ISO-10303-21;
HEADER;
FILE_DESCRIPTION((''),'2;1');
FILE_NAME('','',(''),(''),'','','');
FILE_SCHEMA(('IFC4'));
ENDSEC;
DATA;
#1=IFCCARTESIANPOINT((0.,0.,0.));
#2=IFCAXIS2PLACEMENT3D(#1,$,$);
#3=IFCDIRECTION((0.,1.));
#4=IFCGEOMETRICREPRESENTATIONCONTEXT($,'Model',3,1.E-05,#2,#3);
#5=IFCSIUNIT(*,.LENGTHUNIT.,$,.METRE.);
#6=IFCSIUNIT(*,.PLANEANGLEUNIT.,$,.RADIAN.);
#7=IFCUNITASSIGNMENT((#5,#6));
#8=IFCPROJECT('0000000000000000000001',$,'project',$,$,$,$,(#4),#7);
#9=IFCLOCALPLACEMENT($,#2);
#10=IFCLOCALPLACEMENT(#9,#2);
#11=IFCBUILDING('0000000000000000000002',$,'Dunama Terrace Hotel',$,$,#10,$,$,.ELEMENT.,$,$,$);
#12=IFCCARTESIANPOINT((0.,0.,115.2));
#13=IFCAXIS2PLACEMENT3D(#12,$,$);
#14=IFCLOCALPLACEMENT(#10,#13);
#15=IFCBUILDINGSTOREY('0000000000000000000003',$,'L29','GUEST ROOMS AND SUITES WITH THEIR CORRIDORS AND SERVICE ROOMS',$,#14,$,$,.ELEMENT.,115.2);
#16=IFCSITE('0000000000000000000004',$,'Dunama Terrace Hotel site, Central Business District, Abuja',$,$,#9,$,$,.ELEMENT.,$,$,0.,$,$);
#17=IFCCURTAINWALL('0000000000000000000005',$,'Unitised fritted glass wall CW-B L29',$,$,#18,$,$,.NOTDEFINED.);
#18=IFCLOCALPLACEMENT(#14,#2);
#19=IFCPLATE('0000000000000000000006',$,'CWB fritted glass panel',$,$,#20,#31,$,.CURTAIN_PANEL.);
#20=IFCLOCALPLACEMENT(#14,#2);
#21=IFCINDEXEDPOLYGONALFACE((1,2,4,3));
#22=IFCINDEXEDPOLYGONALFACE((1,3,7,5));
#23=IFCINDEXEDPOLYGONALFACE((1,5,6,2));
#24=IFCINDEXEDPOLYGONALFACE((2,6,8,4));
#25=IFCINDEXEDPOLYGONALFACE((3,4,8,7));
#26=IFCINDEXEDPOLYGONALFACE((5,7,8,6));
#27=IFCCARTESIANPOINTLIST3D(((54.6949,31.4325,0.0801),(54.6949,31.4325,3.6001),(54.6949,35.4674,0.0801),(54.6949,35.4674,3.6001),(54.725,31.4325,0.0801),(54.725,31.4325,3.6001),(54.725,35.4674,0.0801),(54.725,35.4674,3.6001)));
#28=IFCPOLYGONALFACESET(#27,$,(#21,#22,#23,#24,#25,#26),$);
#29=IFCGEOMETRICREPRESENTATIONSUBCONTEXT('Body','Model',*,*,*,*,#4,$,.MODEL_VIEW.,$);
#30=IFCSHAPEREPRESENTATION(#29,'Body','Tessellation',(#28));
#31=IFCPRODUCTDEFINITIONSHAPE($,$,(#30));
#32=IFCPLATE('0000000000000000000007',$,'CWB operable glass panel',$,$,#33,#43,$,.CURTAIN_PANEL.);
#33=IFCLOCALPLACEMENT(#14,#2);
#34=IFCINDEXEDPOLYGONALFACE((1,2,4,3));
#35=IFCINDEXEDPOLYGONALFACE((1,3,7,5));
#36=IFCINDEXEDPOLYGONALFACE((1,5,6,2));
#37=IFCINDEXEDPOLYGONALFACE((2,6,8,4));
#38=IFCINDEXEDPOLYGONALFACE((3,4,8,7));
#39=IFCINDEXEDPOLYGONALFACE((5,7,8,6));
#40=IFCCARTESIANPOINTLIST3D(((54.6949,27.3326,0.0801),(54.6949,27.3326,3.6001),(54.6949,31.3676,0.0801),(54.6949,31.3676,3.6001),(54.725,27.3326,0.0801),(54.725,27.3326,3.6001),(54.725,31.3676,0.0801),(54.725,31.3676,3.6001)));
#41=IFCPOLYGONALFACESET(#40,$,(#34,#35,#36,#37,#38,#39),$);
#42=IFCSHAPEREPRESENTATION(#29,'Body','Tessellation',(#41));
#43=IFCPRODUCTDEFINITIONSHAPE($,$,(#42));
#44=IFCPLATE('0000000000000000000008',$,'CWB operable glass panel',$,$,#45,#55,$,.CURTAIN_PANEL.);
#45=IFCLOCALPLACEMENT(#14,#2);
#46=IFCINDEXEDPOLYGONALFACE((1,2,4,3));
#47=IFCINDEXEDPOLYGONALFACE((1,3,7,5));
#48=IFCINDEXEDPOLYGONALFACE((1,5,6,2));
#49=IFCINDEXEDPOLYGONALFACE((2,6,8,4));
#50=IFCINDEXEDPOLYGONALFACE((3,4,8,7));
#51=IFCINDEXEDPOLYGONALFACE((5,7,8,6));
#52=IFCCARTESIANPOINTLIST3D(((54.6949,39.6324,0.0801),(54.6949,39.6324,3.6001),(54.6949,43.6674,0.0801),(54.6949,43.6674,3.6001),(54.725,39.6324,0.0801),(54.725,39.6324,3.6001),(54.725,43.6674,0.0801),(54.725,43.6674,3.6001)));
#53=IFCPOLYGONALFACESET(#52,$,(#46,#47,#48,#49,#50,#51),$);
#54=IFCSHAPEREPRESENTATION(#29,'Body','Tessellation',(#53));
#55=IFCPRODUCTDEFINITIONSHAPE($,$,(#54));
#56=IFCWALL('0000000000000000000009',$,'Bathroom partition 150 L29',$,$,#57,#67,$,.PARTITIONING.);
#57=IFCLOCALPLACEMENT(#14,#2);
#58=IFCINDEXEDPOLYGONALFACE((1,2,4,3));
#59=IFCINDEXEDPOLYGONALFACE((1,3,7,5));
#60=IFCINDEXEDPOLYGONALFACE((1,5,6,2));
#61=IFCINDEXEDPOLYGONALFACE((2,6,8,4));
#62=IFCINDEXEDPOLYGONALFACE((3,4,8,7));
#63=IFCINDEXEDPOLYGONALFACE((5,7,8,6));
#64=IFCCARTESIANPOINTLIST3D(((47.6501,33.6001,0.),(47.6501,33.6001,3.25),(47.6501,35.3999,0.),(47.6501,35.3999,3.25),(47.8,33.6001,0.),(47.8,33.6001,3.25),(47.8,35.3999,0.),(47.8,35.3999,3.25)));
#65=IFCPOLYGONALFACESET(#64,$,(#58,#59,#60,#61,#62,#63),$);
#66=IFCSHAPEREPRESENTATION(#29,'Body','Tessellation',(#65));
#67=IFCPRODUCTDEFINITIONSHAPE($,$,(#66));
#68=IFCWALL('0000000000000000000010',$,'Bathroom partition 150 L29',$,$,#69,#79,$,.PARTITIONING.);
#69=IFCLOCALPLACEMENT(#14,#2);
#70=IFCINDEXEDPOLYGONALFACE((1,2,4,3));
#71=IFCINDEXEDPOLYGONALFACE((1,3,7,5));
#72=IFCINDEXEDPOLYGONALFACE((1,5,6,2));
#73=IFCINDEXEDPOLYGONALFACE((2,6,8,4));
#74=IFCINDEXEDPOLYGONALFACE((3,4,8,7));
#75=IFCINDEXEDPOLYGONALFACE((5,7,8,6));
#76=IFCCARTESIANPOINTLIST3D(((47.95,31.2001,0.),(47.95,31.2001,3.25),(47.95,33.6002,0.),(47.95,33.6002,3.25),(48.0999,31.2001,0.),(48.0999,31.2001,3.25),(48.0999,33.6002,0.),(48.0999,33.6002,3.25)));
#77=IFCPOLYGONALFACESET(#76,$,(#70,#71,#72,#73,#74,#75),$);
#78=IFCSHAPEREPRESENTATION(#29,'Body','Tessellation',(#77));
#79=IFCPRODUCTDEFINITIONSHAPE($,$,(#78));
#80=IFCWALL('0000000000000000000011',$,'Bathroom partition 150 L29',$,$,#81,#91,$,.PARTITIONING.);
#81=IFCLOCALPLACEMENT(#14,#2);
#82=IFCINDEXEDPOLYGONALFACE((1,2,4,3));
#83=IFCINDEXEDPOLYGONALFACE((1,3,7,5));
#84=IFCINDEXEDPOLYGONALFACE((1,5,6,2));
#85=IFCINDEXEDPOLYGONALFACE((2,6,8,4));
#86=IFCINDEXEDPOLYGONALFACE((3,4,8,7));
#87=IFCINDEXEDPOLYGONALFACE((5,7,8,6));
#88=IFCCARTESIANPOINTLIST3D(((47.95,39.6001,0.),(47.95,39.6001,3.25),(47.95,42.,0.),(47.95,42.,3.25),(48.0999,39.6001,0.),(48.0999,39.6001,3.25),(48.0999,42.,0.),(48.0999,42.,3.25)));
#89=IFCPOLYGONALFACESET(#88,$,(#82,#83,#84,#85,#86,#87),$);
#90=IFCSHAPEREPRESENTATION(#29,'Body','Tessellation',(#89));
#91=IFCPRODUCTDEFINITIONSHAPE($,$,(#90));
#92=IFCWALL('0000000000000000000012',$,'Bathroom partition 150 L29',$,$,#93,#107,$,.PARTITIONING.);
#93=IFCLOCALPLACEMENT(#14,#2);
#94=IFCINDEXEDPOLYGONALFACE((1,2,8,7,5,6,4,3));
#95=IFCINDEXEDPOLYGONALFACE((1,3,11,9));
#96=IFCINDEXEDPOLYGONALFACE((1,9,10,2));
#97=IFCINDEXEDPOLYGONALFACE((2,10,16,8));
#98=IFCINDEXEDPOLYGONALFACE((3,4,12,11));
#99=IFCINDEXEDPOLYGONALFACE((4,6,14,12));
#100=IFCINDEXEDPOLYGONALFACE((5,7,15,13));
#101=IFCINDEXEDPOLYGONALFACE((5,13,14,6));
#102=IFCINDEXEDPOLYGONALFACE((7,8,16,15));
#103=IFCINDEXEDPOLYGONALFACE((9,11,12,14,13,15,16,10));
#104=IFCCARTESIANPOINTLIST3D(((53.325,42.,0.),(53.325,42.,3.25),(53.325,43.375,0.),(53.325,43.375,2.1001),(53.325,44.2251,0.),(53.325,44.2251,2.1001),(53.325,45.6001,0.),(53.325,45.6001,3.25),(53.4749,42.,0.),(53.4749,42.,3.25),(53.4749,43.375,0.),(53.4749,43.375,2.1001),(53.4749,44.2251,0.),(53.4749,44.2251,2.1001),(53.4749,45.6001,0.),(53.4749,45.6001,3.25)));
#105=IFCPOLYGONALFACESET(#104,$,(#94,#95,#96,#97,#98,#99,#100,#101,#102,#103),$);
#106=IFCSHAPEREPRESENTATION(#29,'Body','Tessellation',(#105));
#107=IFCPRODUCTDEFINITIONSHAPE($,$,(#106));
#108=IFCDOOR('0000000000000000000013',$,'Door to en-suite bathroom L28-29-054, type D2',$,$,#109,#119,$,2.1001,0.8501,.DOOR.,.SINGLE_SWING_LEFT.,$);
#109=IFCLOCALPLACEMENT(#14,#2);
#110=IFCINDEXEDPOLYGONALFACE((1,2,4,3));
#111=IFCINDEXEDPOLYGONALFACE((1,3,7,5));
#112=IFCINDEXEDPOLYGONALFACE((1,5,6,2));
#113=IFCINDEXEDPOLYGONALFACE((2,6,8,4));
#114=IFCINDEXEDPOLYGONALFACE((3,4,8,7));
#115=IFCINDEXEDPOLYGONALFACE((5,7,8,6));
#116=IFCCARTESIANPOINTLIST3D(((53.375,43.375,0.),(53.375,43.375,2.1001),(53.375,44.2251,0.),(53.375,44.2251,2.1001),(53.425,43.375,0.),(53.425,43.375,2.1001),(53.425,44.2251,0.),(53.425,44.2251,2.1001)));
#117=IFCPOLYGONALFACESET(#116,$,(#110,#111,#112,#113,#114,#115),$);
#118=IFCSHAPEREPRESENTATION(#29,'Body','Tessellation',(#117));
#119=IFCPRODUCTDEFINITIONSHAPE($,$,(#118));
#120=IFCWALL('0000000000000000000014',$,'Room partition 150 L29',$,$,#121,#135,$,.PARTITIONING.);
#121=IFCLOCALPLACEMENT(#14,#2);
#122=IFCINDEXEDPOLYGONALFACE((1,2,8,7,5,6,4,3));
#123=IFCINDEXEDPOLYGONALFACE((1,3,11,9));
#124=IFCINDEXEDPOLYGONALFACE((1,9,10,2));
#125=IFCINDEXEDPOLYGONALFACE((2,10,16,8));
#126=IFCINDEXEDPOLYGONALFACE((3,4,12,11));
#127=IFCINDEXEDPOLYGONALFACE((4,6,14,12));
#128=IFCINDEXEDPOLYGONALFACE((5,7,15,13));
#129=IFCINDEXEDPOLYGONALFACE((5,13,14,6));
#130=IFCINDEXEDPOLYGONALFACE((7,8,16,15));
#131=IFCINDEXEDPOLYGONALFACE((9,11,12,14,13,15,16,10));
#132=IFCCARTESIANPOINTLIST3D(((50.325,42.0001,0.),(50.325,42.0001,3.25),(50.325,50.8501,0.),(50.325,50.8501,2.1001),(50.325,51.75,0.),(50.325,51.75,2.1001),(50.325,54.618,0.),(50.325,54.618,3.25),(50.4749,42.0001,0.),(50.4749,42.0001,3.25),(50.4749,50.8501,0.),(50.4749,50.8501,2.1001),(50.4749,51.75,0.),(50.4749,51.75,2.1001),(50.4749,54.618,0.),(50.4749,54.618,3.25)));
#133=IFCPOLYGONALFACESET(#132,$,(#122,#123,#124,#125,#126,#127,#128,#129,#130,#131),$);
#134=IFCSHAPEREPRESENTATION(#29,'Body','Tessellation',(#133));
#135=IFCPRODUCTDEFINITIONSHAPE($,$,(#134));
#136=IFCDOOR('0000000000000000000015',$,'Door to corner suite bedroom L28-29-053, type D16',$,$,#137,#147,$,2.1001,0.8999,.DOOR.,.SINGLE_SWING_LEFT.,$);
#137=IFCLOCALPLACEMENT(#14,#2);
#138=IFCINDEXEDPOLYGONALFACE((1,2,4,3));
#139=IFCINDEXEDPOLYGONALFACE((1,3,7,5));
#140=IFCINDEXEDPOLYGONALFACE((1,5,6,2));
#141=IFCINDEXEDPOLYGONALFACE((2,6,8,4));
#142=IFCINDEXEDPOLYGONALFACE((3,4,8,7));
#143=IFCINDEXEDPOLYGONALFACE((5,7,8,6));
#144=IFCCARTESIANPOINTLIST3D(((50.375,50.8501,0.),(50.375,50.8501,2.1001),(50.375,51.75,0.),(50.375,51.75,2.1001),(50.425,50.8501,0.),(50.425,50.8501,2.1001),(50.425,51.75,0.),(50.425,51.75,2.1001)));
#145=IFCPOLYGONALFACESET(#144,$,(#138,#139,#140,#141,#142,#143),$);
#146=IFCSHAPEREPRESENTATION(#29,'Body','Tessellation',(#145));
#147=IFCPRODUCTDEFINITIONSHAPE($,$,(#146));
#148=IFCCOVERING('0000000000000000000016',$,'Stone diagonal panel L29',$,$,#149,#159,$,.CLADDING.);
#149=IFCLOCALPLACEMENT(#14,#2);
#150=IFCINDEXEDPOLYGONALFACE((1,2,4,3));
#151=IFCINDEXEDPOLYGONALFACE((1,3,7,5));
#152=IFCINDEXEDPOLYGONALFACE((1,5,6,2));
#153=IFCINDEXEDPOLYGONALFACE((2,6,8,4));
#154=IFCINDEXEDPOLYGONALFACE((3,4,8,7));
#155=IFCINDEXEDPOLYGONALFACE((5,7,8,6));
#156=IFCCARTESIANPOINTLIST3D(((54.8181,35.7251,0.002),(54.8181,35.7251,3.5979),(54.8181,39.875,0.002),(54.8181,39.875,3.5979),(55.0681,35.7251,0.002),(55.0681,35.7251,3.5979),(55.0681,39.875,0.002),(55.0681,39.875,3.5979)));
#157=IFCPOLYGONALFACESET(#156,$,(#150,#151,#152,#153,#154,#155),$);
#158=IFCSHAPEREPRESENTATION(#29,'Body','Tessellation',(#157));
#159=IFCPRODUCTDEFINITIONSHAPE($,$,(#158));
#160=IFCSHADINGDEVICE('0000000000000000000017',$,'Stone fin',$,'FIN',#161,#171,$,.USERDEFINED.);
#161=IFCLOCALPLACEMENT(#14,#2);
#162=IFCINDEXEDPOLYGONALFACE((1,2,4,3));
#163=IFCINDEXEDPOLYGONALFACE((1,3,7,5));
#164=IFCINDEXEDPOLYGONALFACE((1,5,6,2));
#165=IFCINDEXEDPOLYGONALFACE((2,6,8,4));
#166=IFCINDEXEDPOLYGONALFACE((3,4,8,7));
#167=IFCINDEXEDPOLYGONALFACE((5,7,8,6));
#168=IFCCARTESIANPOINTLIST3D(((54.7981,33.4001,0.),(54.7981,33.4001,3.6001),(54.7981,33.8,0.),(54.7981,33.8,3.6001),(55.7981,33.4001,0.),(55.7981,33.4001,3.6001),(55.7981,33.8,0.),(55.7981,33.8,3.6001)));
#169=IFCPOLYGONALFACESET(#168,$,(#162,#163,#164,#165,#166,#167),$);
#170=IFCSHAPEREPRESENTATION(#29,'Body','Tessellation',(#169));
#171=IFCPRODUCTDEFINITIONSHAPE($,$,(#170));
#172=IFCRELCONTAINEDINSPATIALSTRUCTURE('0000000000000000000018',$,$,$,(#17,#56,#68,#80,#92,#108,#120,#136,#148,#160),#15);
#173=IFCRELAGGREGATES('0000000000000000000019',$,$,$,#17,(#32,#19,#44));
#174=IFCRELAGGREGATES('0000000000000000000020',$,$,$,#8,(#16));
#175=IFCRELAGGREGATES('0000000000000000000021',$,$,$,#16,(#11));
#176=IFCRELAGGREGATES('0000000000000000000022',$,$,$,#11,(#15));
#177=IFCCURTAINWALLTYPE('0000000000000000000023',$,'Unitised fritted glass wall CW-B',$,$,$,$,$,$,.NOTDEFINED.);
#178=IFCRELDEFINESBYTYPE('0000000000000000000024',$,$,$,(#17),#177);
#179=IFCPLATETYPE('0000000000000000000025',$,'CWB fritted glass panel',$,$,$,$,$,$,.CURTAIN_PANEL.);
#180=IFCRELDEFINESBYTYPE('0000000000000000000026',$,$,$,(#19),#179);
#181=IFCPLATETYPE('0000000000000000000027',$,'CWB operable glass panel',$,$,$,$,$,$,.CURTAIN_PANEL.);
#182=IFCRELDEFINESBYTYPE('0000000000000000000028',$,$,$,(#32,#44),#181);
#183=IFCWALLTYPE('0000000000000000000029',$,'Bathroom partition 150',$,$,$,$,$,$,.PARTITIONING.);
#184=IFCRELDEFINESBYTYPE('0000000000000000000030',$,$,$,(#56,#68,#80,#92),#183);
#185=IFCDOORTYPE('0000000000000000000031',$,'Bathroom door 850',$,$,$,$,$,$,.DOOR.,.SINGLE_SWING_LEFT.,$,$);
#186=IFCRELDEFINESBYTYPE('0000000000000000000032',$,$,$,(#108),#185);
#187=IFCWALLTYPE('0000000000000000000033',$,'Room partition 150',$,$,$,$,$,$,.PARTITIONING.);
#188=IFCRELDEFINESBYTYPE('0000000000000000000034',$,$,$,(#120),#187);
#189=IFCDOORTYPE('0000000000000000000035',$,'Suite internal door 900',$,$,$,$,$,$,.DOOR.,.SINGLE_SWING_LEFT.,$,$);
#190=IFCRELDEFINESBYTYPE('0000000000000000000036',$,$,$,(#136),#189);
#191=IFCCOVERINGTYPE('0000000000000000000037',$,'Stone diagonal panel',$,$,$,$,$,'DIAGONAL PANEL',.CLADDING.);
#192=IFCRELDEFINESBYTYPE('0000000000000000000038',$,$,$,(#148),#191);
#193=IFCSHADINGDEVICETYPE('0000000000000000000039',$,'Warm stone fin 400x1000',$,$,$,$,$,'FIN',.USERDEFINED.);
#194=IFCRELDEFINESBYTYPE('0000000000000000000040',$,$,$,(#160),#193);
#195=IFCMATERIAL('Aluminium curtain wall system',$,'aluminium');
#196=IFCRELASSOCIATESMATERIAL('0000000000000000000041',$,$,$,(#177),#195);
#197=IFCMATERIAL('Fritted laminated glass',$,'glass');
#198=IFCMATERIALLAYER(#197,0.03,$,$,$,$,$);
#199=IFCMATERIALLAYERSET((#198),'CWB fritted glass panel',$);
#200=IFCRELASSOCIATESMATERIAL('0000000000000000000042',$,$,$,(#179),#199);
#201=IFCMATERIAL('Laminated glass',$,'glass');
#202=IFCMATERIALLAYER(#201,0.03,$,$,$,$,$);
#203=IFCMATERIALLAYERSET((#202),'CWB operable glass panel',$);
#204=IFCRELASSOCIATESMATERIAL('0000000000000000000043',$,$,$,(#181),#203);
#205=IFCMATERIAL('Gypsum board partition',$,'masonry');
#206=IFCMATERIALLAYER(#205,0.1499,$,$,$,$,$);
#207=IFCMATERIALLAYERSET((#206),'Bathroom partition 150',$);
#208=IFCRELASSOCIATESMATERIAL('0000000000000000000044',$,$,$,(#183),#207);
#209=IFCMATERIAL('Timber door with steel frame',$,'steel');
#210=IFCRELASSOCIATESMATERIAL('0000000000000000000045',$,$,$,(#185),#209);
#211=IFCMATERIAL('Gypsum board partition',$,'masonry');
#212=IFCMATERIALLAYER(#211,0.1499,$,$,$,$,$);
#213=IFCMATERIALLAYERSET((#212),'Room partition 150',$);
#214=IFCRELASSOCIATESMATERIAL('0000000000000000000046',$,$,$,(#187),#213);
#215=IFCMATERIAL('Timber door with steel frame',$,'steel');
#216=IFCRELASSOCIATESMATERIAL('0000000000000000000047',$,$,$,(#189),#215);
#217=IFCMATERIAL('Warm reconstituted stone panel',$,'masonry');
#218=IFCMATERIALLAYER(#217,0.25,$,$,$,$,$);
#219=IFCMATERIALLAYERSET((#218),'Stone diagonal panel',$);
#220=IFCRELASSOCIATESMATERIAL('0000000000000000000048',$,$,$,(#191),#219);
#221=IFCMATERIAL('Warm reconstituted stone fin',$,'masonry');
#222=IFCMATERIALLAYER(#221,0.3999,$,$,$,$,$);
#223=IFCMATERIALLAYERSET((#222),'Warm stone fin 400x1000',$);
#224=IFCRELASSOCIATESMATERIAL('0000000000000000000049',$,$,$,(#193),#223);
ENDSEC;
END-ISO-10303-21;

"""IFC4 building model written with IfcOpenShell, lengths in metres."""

from ifc_helpers import new_model, si_unit, direction, frame, frame_2d, origin, origin_2d, place, context, subcontext, project, spatial, rectangle, extrude, material, layer, layer_set, type_object, element, fill, aggregate, save


model = new_model("IFC4")

# Units and contexts
model_context = context("Model", 3, precision=1e-05, world=origin(), true_north=direction((0.0, 1.0)))
body_context = subcontext(model_context, "Body", "Model", "MODEL_VIEW")
ifc_project = project(units=[si_unit("LENGTHUNIT", "METRE"), si_unit("PLANEANGLEUNIT", "RADIAN")], contexts=[model_context])

# Site, building, storey
site_placement = place(None, origin())
site = spatial("IfcSite", under=ifc_project, at=site_placement, Name="Dunama Terrace Hotel site, Central Business District, Abuja", CompositionType="ELEMENT", RefElevation=0.0)
building_placement = place(site_placement, origin())
building = spatial("IfcBuilding", under=site, at=building_placement, Name="Dunama Terrace Hotel", CompositionType="ELEMENT")
storey_placement = place(building_placement, frame((0.0, 0.0, 115.2)))
storey = spatial("IfcBuildingStorey", under=building, at=storey_placement, Name="L29", Description="GUEST ROOMS AND SUITES WITH THEIR CORRIDORS AND SERVICE ROOMS", CompositionType="ELEMENT", Elevation=115.2)

# Curtain wall
ifc_material_1 = material(Name="Aluminium curtain wall system", Category="aluminium")
curtain_wall_type = type_object("IfcCurtainWallType", Name="Unitised fritted glass wall CW-B", PredefinedType="NOTDEFINED", material=ifc_material_1)
curtain_wall_placement = place(storey_placement, origin())
curtain_wall = element("IfcCurtainWall", 1, at=curtain_wall_placement, inside=storey, type_object=curtain_wall_type, Name="Unitised fritted glass wall CW-B L29", PredefinedType="NOTDEFINED")

# Plates
ifc_material_2 = material(Name="Fritted laminated glass", Category="glass")
ifc_layer_1 = layer(ifc_material_2, 0.03)
ifc_layer_set_1 = layer_set([ifc_layer_1], Name="CWB fritted glass panel")
plate_type_1 = type_object("IfcPlateType", Name="CWB fritted glass panel", PredefinedType="CURTAIN_PANEL", material=ifc_layer_set_1)
plate_1_placement = place(storey_placement, frame((54.71, 33.45, 0.0801), z_axis=(0.0, 0.0, 1.0), x_axis=(0.0, 1.0, 0.0)))
plate_1 = element("IfcPlate", 2, at=plate_1_placement, type_object=plate_type_1, Name="CWB fritted glass panel", PredefinedType="CURTAIN_PANEL", context=body_context, shape_type="SweptSolid", body=[
    extrude(rectangle(XDim=4.0349, YDim=0.03, at=origin_2d()), origin(), (0.0, 0.0, 1.0), 3.52),
])
ifc_material_3 = material(Name="Laminated glass", Category="glass")
ifc_layer_2 = layer(ifc_material_3, 0.03)
ifc_layer_set_2 = layer_set([ifc_layer_2], Name="CWB operable glass panel")
plate_type_2 = type_object("IfcPlateType", Name="CWB operable glass panel", PredefinedType="CURTAIN_PANEL", material=ifc_layer_set_2)
plate_2_placement = place(storey_placement, frame((54.71, 29.3501, 0.0801), z_axis=(0.0, 0.0, 1.0), x_axis=(0.0, 1.0, 0.0)))
plate_2 = element("IfcPlate", 3, at=plate_2_placement, type_object=plate_type_2, Name="CWB operable glass panel", PredefinedType="CURTAIN_PANEL", context=body_context, shape_type="SweptSolid", body=[
    extrude(rectangle(XDim=4.0349, YDim=0.03, at=origin_2d()), origin(), (0.0, 0.0, 1.0), 3.52),
])
plate_3_placement = place(storey_placement, frame((54.71, 41.6499, 0.0801), z_axis=(0.0, 0.0, 1.0), x_axis=(0.0, 1.0, 0.0)))
plate_3 = element("IfcPlate", 4, at=plate_3_placement, type_object=plate_type_2, Name="CWB operable glass panel", PredefinedType="CURTAIN_PANEL", context=body_context, shape_type="SweptSolid", body=[
    extrude(rectangle(XDim=4.0349, YDim=0.03, at=origin_2d()), origin(), (0.0, 0.0, 1.0), 3.52),
])
aggregate(curtain_wall, [plate_2, plate_1, plate_3])

# Walls
ifc_material_4 = material(Name="Gypsum board partition", Category="masonry")
ifc_layer_3 = layer(ifc_material_4, 0.1499)
ifc_layer_set_3 = layer_set([ifc_layer_3], Name="Bathroom partition 150")
wall_type_1 = type_object("IfcWallType", Name="Bathroom partition 150", PredefinedType="PARTITIONING", material=ifc_layer_set_3)
wall_1_placement = place(storey_placement, frame((47.7251, 33.6001, 0.0), z_axis=(0.0, 0.0, 1.0), x_axis=(0.0, 1.0, 0.0)))
element("IfcWall", 5, at=wall_1_placement, inside=storey, type_object=wall_type_1, Name="Bathroom partition 150 L29", PredefinedType="PARTITIONING", context=body_context, shape_type="SweptSolid", body=[
    extrude(rectangle(XDim=1.7998, YDim=0.1499, at=frame_2d((0.8999, 0.0))), origin(), (0.0, 0.0, 1.0), 3.25),
])
wall_2_placement = place(storey_placement, frame((48.0249, 31.2, 0.0), z_axis=(0.0, 0.0, 1.0), x_axis=(0.0, 1.0, 0.0)))
element("IfcWall", 6, at=wall_2_placement, inside=storey, type_object=wall_type_1, Name="Bathroom partition 150 L29", PredefinedType="PARTITIONING", context=body_context, shape_type="SweptSolid", body=[
    extrude(rectangle(XDim=2.4001, YDim=0.1499, at=frame_2d((1.2002, 0.0))), origin(), (0.0, 0.0, 1.0), 3.25),
])
wall_3_placement = place(storey_placement, frame((48.0249, 39.6001, 0.0), z_axis=(0.0, 0.0, 1.0), x_axis=(0.0, 1.0, 0.0)))
element("IfcWall", 7, at=wall_3_placement, inside=storey, type_object=wall_type_1, Name="Bathroom partition 150 L29", PredefinedType="PARTITIONING", context=body_context, shape_type="SweptSolid", body=[
    extrude(rectangle(XDim=2.3999, YDim=0.1499, at=frame_2d((1.2, 0.0))), origin(), (0.0, 0.0, 1.0), 3.25),
])

# Walls, openings, doors
wall_4_placement = place(storey_placement, frame((53.3999, 42.0, 0.0), z_axis=(0.0, 0.0, 1.0), x_axis=(0.0, 1.0, 0.0)))
wall_4 = element("IfcWall", 8, at=wall_4_placement, inside=storey, type_object=wall_type_1, Name="Bathroom partition 150 L29", PredefinedType="PARTITIONING", context=body_context, shape_type="SweptSolid", body=[
    extrude(rectangle(XDim=3.6001, YDim=0.1499, at=frame_2d((1.8, 0.0))), origin(), (0.0, 0.0, 1.0), 3.25),
])
opening_1_placement = place(wall_4_placement, frame((1.375, 0.0, 0.0)))
opening_1 = element("IfcOpeningElement", 9, at=opening_1_placement, cuts=wall_4, PredefinedType="OPENING", context=body_context, shape_type="SweptSolid", body=[
    extrude(rectangle(XDim=0.8501, YDim=2.1001, at=frame_2d((0.425, 1.05))), frame((0.0, 0.085, 0.0), z_axis=(0.0, -1.0, 0.0), x_axis=(1.0, 0.0, 0.0)), (0.0, 0.0, 1.0), 0.1699),
])
ifc_material_5 = material(Name="Timber door with steel frame", Category="steel")
door_type_1 = type_object("IfcDoorType", Name="Bathroom door 850", OperationType="SINGLE_SWING_LEFT", PredefinedType="DOOR", material=ifc_material_5)
door_1_placement = place(opening_1_placement, origin())
door_1 = element("IfcDoor", 10, at=door_1_placement, inside=storey, type_object=door_type_1, Name="Door to en-suite bathroom L28-29-054, type D2", OperationType="SINGLE_SWING_LEFT", OverallHeight=2.1001, OverallWidth=0.8501, PredefinedType="DOOR", context=body_context, shape_type="SweptSolid", body=[
    extrude(rectangle(XDim=0.8501, YDim=2.1001, at=frame_2d((0.425, 1.05))), frame((0.0, 0.0249, 0.0), z_axis=(0.0, -1.0, 0.0), x_axis=(1.0, 0.0, 0.0)), (0.0, 0.0, 1.0), 0.05),
])
fill(opening_1, door_1)
ifc_material_6 = material(Name="Gypsum board partition", Category="masonry")
ifc_layer_4 = layer(ifc_material_6, 0.1499)
ifc_layer_set_4 = layer_set([ifc_layer_4], Name="Room partition 150")
wall_type_2 = type_object("IfcWallType", Name="Room partition 150", PredefinedType="PARTITIONING", material=ifc_layer_set_4)
wall_5_placement = place(storey_placement, frame((50.3999, 42.0, 0.0), z_axis=(0.0, 0.0, 1.0), x_axis=(0.0, 1.0, 0.0)))
wall_5 = element("IfcWall", 11, at=wall_5_placement, inside=storey, type_object=wall_type_2, Name="Room partition 150 L29", PredefinedType="PARTITIONING", context=body_context, shape_type="SweptSolid", body=[
    extrude(rectangle(XDim=12.6179, YDim=0.1499, at=frame_2d((6.3091, 0.0))), origin(), (0.0, 0.0, 1.0), 3.25),
])
opening_2_placement = place(wall_5_placement, frame((8.8501, 0.0, 0.0)))
opening_2 = element("IfcOpeningElement", 12, at=opening_2_placement, cuts=wall_5, PredefinedType="OPENING", context=body_context, shape_type="SweptSolid", body=[
    extrude(rectangle(XDim=0.8999, YDim=2.1001, at=frame_2d((0.45, 1.05))), frame((0.0, 0.085, 0.0), z_axis=(0.0, -1.0, 0.0), x_axis=(1.0, 0.0, 0.0)), (0.0, 0.0, 1.0), 0.1699),
])
ifc_material_7 = material(Name="Timber door with steel frame", Category="steel")
door_type_2 = type_object("IfcDoorType", Name="Suite internal door 900", OperationType="SINGLE_SWING_LEFT", PredefinedType="DOOR", material=ifc_material_7)
door_2_placement = place(opening_2_placement, frame((0.8999, 0.0, 0.0), z_axis=(0.0, 0.0, 1.0), x_axis=(-1.0, 0.0, 0.0)))
door_2 = element("IfcDoor", 13, at=door_2_placement, inside=storey, type_object=door_type_2, Name="Door to corner suite bedroom L28-29-053, type D16", OperationType="SINGLE_SWING_LEFT", OverallHeight=2.1001, OverallWidth=0.8999, PredefinedType="DOOR", context=body_context, shape_type="SweptSolid", body=[
    extrude(rectangle(XDim=0.8999, YDim=2.1001, at=frame_2d((0.45, 1.05))), frame((0.0, 0.0251, 0.0), z_axis=(0.0, -1.0, 0.0), x_axis=(1.0, 0.0, 0.0)), (0.0, 0.0, 1.0), 0.05),
])
fill(opening_2, door_2)

# Covering
ifc_material_8 = material(Name="Warm reconstituted stone panel", Category="masonry")
ifc_layer_5 = layer(ifc_material_8, 0.25)
ifc_layer_set_5 = layer_set([ifc_layer_5], Name="Stone diagonal panel")
covering_type = type_object("IfcCoveringType", Name="Stone diagonal panel", ElementType="DIAGONAL PANEL", PredefinedType="CLADDING", material=ifc_layer_set_5)
covering_placement = place(storey_placement, frame((54.9431, 37.8, 0.002), z_axis=(0.0, 0.0, 1.0), x_axis=(0.0, 1.0, 0.0)))
element("IfcCovering", 14, at=covering_placement, inside=storey, type_object=covering_type, Name="Stone diagonal panel L29", PredefinedType="CLADDING", context=body_context, shape_type="SweptSolid", body=[
    extrude(rectangle(XDim=4.1499, YDim=0.25, at=origin_2d()), origin(), (0.0, 0.0, 1.0), 3.5959),
])

# Shading device
ifc_material_9 = material(Name="Warm reconstituted stone fin", Category="masonry")
ifc_layer_6 = layer(ifc_material_9, 0.3999)
ifc_layer_set_6 = layer_set([ifc_layer_6], Name="Warm stone fin 400x1000")
shading_device_type = type_object("IfcShadingDeviceType", Name="Warm stone fin 400x1000", ElementType="FIN", PredefinedType="USERDEFINED", material=ifc_layer_set_6)
shading_device_placement = place(storey_placement, frame((55.2981, 33.6001, 0.0), z_axis=(0.0, 0.0, 1.0), x_axis=(0.0, 1.0, 0.0)))
element("IfcShadingDevice", 15, at=shading_device_placement, inside=storey, type_object=shading_device_type, Name="Stone fin", ObjectType="FIN", PredefinedType="USERDEFINED", context=body_context, shape_type="SweptSolid", body=[
    extrude(rectangle(XDim=0.3999, YDim=1.0, at=origin_2d()), origin(), (0.0, 0.0, 1.0), 3.6001),
])

save(model, "model.ifc")
